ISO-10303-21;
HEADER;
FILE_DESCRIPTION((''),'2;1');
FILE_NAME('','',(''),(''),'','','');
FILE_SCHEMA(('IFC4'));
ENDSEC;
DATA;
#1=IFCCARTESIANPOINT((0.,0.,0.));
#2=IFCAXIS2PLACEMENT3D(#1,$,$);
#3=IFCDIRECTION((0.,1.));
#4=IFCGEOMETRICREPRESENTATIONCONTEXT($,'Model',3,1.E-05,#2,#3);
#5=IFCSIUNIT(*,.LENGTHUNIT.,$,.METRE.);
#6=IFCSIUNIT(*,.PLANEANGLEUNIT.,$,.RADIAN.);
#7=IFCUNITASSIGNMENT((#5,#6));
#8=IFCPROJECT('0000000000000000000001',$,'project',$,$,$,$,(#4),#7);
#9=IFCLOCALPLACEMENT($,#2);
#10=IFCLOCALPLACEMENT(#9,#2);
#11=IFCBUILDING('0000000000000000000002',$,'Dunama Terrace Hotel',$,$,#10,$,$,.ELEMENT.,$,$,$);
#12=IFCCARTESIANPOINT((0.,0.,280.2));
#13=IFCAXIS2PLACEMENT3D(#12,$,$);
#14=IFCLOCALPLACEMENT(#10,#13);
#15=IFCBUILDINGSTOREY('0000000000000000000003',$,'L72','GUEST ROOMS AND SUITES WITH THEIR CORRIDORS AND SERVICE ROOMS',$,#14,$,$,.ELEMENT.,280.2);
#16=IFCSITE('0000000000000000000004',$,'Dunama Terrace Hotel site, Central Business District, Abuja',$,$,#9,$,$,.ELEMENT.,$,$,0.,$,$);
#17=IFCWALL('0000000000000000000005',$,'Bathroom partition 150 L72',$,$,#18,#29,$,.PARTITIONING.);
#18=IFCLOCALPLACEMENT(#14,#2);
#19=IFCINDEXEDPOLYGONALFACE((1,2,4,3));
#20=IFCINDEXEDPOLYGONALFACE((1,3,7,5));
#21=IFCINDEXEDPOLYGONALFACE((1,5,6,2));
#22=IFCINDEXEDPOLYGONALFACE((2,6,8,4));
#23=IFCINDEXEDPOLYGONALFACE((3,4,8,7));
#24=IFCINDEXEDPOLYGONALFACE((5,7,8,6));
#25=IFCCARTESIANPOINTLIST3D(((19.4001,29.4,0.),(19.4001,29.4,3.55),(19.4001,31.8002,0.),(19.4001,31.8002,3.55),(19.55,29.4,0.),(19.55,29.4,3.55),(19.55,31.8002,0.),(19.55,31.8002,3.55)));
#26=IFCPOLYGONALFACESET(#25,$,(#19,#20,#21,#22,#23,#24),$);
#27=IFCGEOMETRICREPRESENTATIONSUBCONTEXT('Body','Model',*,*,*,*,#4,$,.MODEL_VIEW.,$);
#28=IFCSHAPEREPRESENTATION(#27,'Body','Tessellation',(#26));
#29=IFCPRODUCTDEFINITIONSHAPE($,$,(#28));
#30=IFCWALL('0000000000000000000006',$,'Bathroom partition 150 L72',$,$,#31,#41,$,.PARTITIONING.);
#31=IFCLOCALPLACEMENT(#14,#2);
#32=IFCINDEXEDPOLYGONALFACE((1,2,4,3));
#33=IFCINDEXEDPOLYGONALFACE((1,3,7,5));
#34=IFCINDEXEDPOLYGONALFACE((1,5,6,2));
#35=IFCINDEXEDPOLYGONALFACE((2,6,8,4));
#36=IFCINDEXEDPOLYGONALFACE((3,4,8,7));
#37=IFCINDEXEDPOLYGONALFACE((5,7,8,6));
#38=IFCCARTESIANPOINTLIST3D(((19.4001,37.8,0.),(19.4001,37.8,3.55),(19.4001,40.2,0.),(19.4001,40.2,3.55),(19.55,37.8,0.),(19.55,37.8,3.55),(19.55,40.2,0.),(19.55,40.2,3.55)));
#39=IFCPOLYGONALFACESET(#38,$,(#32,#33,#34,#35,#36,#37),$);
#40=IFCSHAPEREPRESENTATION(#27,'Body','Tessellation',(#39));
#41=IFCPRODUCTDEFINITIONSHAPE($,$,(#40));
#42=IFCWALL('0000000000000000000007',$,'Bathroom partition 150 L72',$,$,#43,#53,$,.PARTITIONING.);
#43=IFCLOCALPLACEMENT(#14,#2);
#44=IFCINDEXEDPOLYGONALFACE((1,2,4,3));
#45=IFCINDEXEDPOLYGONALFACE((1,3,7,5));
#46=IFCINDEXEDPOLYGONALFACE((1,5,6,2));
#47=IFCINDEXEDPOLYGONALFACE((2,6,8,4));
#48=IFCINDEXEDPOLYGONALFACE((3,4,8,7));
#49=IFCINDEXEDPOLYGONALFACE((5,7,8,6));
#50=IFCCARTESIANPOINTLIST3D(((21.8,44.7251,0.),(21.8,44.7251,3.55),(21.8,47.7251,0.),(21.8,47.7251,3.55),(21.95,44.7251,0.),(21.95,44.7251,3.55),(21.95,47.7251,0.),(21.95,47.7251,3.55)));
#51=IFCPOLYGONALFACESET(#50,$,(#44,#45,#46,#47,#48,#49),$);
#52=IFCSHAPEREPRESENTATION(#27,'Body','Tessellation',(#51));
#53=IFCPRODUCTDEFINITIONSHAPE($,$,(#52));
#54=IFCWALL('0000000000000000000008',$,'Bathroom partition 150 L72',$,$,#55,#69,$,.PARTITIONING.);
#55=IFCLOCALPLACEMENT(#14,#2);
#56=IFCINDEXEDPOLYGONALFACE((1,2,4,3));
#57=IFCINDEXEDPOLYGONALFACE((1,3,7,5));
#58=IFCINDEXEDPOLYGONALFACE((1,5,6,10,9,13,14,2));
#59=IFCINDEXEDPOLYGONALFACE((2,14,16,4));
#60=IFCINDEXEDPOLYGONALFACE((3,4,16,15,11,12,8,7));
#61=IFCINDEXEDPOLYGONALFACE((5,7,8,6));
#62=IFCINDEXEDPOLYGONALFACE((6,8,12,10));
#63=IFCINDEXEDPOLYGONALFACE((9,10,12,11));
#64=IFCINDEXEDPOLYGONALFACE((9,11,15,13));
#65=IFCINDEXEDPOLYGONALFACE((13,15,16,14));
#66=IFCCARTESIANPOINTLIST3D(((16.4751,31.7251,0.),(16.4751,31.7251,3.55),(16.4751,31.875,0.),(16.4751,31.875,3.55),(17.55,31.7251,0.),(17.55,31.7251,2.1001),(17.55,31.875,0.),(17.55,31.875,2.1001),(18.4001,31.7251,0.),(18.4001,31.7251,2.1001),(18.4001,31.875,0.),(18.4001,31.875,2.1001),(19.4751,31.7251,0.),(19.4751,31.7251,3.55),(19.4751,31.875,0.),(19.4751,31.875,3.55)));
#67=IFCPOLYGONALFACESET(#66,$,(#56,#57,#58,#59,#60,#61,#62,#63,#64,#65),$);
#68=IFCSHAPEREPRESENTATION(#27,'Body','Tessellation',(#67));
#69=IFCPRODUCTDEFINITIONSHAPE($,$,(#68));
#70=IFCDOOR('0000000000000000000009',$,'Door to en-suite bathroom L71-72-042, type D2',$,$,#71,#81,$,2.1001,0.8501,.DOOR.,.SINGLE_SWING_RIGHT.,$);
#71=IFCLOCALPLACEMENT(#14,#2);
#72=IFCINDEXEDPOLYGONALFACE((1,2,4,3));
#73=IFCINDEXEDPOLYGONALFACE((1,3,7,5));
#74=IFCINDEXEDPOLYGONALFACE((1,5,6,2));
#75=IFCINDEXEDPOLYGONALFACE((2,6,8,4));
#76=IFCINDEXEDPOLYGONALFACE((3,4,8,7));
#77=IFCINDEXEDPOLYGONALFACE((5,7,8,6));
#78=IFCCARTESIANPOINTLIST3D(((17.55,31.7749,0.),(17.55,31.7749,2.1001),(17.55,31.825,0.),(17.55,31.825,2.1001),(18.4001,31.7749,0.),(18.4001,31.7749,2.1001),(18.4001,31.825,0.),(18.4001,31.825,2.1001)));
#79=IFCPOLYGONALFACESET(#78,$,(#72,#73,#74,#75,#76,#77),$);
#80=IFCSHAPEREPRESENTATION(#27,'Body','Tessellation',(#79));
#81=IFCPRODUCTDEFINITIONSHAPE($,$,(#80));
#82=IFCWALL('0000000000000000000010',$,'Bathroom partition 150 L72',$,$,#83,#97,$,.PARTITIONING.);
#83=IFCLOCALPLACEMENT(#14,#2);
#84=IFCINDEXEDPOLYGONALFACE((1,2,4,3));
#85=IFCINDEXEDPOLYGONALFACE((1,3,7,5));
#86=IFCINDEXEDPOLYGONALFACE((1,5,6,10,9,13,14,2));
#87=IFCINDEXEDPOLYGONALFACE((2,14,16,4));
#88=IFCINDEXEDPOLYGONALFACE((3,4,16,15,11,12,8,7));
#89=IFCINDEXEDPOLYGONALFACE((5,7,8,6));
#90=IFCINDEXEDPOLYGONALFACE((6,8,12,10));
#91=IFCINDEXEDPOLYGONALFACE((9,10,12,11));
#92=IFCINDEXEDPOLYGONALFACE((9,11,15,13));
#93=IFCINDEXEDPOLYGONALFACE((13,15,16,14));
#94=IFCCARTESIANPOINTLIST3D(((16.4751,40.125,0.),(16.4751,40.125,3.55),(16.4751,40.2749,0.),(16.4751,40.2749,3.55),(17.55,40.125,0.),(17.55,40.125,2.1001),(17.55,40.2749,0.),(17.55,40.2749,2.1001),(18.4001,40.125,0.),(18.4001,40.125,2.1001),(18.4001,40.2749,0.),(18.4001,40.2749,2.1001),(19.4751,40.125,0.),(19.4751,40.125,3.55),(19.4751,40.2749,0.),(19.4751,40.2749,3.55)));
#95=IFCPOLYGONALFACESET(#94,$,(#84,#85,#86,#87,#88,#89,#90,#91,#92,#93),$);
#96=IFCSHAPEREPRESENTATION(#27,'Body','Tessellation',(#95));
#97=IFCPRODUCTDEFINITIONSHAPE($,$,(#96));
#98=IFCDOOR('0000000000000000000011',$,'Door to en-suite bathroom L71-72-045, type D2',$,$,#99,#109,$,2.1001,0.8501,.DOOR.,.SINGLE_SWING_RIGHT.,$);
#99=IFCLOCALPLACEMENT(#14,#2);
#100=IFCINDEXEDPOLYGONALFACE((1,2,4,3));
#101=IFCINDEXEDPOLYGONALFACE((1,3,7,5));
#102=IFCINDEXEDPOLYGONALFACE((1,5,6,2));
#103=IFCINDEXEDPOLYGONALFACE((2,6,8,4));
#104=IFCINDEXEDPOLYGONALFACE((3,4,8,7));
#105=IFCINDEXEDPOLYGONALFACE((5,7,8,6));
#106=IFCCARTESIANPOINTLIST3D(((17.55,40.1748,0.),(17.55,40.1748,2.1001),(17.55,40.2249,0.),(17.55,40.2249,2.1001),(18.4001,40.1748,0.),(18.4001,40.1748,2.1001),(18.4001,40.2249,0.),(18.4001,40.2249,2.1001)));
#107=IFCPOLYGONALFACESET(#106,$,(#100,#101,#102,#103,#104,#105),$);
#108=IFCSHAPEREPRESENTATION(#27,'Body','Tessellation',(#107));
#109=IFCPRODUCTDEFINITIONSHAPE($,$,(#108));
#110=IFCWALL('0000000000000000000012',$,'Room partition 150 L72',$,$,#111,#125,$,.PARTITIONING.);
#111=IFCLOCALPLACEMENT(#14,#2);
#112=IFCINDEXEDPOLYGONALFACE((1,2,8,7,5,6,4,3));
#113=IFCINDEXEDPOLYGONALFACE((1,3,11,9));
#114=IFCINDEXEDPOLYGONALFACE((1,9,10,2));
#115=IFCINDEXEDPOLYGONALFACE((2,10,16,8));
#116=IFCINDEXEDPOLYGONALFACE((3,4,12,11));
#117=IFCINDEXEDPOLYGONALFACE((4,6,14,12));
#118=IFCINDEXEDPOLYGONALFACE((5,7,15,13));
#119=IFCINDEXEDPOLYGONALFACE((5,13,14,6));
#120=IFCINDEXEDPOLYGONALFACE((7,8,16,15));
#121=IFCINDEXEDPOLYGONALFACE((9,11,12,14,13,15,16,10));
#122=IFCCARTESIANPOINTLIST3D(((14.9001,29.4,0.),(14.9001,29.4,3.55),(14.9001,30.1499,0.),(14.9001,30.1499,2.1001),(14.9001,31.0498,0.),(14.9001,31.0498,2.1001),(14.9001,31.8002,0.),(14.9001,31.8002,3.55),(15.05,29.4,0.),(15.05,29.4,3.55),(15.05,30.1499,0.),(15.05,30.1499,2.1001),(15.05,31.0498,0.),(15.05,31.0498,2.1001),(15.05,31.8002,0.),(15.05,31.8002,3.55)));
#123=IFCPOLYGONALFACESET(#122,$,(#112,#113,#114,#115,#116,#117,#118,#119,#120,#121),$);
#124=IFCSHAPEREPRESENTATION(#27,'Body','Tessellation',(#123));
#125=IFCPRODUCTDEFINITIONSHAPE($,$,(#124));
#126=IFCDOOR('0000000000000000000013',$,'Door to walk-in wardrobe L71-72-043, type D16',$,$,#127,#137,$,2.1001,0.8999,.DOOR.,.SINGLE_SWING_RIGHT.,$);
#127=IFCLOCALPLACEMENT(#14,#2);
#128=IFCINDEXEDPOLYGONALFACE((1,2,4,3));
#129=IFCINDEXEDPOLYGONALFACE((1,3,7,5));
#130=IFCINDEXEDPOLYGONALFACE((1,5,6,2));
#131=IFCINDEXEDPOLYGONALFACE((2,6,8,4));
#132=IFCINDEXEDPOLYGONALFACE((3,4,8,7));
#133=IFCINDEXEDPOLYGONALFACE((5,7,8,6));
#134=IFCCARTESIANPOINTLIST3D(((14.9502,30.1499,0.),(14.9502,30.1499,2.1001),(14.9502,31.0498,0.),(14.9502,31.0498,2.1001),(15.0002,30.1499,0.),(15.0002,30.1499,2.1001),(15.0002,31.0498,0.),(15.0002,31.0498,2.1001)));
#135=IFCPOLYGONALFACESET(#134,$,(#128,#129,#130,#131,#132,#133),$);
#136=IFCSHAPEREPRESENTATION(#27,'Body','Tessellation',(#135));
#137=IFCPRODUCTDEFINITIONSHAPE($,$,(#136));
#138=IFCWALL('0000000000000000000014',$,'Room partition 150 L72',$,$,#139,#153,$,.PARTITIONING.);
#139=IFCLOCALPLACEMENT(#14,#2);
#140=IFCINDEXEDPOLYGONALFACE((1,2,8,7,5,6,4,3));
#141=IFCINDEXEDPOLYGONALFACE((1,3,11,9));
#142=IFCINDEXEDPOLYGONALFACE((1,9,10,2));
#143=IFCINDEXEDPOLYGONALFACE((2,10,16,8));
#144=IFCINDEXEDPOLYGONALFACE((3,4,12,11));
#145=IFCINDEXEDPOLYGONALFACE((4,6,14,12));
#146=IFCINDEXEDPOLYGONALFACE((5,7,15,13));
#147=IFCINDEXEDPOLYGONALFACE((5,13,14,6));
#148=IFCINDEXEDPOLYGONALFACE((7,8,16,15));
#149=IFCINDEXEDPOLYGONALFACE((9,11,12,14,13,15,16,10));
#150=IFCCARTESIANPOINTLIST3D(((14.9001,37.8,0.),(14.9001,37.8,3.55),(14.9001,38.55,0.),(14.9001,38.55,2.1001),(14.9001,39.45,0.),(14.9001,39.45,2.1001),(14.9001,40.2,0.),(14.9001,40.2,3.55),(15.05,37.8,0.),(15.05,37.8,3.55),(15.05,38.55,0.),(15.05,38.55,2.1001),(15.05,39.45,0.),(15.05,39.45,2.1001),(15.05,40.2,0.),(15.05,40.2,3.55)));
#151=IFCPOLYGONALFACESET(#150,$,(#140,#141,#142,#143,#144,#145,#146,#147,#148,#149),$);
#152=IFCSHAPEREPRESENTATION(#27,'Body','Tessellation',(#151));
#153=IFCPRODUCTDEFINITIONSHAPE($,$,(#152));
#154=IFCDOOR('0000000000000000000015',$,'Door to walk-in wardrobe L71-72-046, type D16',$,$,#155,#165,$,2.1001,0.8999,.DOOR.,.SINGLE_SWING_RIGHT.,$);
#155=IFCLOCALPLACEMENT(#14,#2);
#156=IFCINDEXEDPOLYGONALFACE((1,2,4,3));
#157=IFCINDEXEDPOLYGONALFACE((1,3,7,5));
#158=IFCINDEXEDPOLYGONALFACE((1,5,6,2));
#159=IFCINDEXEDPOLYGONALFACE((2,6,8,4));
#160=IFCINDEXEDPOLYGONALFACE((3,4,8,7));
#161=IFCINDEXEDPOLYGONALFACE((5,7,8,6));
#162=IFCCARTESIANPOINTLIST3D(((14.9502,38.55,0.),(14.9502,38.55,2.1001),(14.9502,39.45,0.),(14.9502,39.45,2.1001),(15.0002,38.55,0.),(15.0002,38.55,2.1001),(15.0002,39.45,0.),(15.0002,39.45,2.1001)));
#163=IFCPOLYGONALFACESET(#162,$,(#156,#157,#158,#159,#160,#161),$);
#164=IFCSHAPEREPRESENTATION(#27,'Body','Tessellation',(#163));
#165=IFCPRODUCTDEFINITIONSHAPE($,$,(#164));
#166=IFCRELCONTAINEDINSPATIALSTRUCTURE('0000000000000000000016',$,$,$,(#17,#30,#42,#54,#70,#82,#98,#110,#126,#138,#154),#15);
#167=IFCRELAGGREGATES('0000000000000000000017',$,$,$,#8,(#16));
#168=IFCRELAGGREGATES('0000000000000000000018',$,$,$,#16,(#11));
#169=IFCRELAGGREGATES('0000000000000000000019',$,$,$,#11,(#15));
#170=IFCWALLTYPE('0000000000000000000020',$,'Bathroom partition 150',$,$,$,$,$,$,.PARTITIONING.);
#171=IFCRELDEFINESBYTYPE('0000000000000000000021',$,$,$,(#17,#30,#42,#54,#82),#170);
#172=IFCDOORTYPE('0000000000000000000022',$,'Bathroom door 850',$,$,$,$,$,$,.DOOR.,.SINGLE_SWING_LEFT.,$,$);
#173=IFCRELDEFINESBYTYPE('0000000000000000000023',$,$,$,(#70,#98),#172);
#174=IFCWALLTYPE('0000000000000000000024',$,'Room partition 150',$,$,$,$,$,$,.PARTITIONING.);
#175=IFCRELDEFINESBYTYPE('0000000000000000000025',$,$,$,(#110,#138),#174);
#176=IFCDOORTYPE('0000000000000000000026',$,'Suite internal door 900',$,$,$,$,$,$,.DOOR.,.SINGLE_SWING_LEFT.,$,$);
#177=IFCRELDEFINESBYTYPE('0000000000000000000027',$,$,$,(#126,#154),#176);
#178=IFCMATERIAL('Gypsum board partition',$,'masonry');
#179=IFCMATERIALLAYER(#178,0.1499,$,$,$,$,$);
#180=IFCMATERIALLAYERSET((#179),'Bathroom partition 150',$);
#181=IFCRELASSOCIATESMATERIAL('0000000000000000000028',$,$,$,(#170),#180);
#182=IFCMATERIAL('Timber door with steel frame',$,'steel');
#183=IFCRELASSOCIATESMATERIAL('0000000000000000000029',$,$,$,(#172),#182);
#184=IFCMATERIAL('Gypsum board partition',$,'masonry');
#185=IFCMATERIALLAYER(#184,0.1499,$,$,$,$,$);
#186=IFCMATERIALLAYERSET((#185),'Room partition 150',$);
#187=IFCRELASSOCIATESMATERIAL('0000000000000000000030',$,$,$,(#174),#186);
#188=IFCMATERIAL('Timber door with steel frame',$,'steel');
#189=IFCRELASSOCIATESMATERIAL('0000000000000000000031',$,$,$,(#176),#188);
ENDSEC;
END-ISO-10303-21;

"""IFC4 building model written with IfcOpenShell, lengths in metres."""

from ifc_helpers import new_model, si_unit, direction, frame, frame_2d, origin, place, context, subcontext, project, spatial, rectangle, extrude, material, layer, layer_set, type_object, element, fill, save


model = new_model("IFC4")

# Units and contexts
model_context = context("Model", 3, precision=1e-05, world=origin(), true_north=direction((0.0, 1.0)))
body_context = subcontext(model_context, "Body", "Model", "MODEL_VIEW")
ifc_project = project(units=[si_unit("LENGTHUNIT", "METRE"), si_unit("PLANEANGLEUNIT", "RADIAN")], contexts=[model_context])

# Site, building, storey
site_placement = place(None, origin())
site = spatial("IfcSite", under=ifc_project, at=site_placement, Name="Dunama Terrace Hotel site, Central Business District, Abuja", CompositionType="ELEMENT", RefElevation=0.0)
building_placement = place(site_placement, origin())
building = spatial("IfcBuilding", under=site, at=building_placement, Name="Dunama Terrace Hotel", CompositionType="ELEMENT")
storey_placement = place(building_placement, frame((0.0, 0.0, 280.2)))
storey = spatial("IfcBuildingStorey", under=building, at=storey_placement, Name="L72", Description="GUEST ROOMS AND SUITES WITH THEIR CORRIDORS AND SERVICE ROOMS", CompositionType="ELEMENT", Elevation=280.2)

# Walls
ifc_material_1 = material(Name="Gypsum board partition", Category="masonry")
ifc_layer_1 = layer(ifc_material_1, 0.1499)
ifc_layer_set_1 = layer_set([ifc_layer_1], Name="Bathroom partition 150")
wall_type_1 = type_object("IfcWallType", Name="Bathroom partition 150", PredefinedType="PARTITIONING", material=ifc_layer_set_1)
wall_1_placement = place(storey_placement, frame((19.4751, 29.3999, 0.0), z_axis=(0.0, 0.0, 1.0), x_axis=(0.0, 1.0, 0.0)))
element("IfcWall", 1, at=wall_1_placement, inside=storey, type_object=wall_type_1, Name="Bathroom partition 150 L72", PredefinedType="PARTITIONING", context=body_context, shape_type="SweptSolid", body=[
    extrude(rectangle(XDim=2.4001, YDim=0.1499, at=frame_2d((1.2002, 0.0))), origin(), (0.0, 0.0, 1.0), 3.55),
])
wall_2_placement = place(storey_placement, frame((19.4751, 37.8, 0.0), z_axis=(0.0, 0.0, 1.0), x_axis=(0.0, 1.0, 0.0)))
element("IfcWall", 2, at=wall_2_placement, inside=storey, type_object=wall_type_1, Name="Bathroom partition 150 L72", PredefinedType="PARTITIONING", context=body_context, shape_type="SweptSolid", body=[
    extrude(rectangle(XDim=2.3999, YDim=0.1499, at=frame_2d((1.2, 0.0))), origin(), (0.0, 0.0, 1.0), 3.55),
])
wall_3_placement = place(storey_placement, frame((21.875, 44.7251, 0.0), z_axis=(0.0, 0.0, 1.0), x_axis=(0.0, 1.0, 0.0)))
element("IfcWall", 3, at=wall_3_placement, inside=storey, type_object=wall_type_1, Name="Bathroom partition 150 L72", PredefinedType="PARTITIONING", context=body_context, shape_type="SweptSolid", body=[
    extrude(rectangle(XDim=3.0, YDim=0.1499, at=frame_2d((1.5, 0.0))), origin(), (0.0, 0.0, 1.0), 3.55),
])

# Walls, openings, doors
wall_4_placement = place(storey_placement, frame((16.4751, 31.8, 0.0), z_axis=(0.0, 0.0, 1.0), x_axis=(1.0, 0.0, 0.0)))
wall_4 = element("IfcWall", 4, at=wall_4_placement, inside=storey, type_object=wall_type_1, Name="Bathroom partition 150 L72", PredefinedType="PARTITIONING", context=body_context, shape_type="SweptSolid", body=[
    extrude(rectangle(XDim=3.0, YDim=0.1499, at=frame_2d((1.5, 0.0))), origin(), (0.0, 0.0, 1.0), 3.55),
])
opening_1_placement = place(wall_4_placement, frame((1.075, 0.0, 0.0)))
opening_1 = element("IfcOpeningElement", 5, at=opening_1_placement, cuts=wall_4, PredefinedType="OPENING", context=body_context, shape_type="SweptSolid", body=[
    extrude(rectangle(XDim=0.8501, YDim=2.1001, at=frame_2d((0.425, 1.05))), frame((0.0, 0.085, 0.0), z_axis=(0.0, -1.0, 0.0), x_axis=(1.0, 0.0, 0.0)), (0.0, 0.0, 1.0), 0.1699),
])
ifc_material_2 = material(Name="Timber door with steel frame", Category="steel")
door_type_1 = type_object("IfcDoorType", Name="Bathroom door 850", OperationType="SINGLE_SWING_LEFT", PredefinedType="DOOR", material=ifc_material_2)
door_1_placement = place(opening_1_placement, frame((0.8501, 0.0, 0.0), z_axis=(0.0, 0.0, 1.0), x_axis=(-1.0, 0.0, 0.0)))
door_1 = element("IfcDoor", 6, at=door_1_placement, inside=storey, type_object=door_type_1, Name="Door to en-suite bathroom L71-72-042, type D2", OperationType="SINGLE_SWING_RIGHT", OverallHeight=2.1001, OverallWidth=0.8501, PredefinedType="DOOR", context=body_context, shape_type="SweptSolid", body=[
    extrude(rectangle(XDim=0.8501, YDim=2.1001, at=frame_2d((0.425, 1.05))), frame((0.0, 0.0251, 0.0), z_axis=(0.0, -1.0, 0.0), x_axis=(1.0, 0.0, 0.0)), (0.0, 0.0, 1.0), 0.05),
])
fill(opening_1, door_1)
wall_5_placement = place(storey_placement, frame((16.4751, 40.2, 0.0), z_axis=(0.0, 0.0, 1.0), x_axis=(1.0, 0.0, 0.0)))
wall_5 = element("IfcWall", 7, at=wall_5_placement, inside=storey, type_object=wall_type_1, Name="Bathroom partition 150 L72", PredefinedType="PARTITIONING", context=body_context, shape_type="SweptSolid", body=[
    extrude(rectangle(XDim=3.0, YDim=0.1499, at=frame_2d((1.5, 0.0))), origin(), (0.0, 0.0, 1.0), 3.55),
])
opening_2_placement = place(wall_5_placement, frame((1.075, 0.0, 0.0)))
opening_2 = element("IfcOpeningElement", 8, at=opening_2_placement, cuts=wall_5, PredefinedType="OPENING", context=body_context, shape_type="SweptSolid", body=[
    extrude(rectangle(XDim=0.8501, YDim=2.1001, at=frame_2d((0.425, 1.05))), frame((0.0, 0.085, 0.0), z_axis=(0.0, -1.0, 0.0), x_axis=(1.0, 0.0, 0.0)), (0.0, 0.0, 1.0), 0.1699),
])
door_2_placement = place(opening_2_placement, frame((0.8501, 0.0, 0.0), z_axis=(0.0, 0.0, 1.0), x_axis=(-1.0, 0.0, 0.0)))
door_2 = element("IfcDoor", 9, at=door_2_placement, inside=storey, type_object=door_type_1, Name="Door to en-suite bathroom L71-72-045, type D2", OperationType="SINGLE_SWING_RIGHT", OverallHeight=2.1001, OverallWidth=0.8501, PredefinedType="DOOR", context=body_context, shape_type="SweptSolid", body=[
    extrude(rectangle(XDim=0.8501, YDim=2.1001, at=frame_2d((0.425, 1.05))), frame((0.0, 0.0251, 0.0), z_axis=(0.0, -1.0, 0.0), x_axis=(1.0, 0.0, 0.0)), (0.0, 0.0, 1.0), 0.05),
])
fill(opening_2, door_2)
ifc_material_3 = material(Name="Gypsum board partition", Category="masonry")
ifc_layer_2 = layer(ifc_material_3, 0.1499)
ifc_layer_set_2 = layer_set([ifc_layer_2], Name="Room partition 150")
wall_type_2 = type_object("IfcWallType", Name="Room partition 150", PredefinedType="PARTITIONING", material=ifc_layer_set_2)
wall_6_placement = place(storey_placement, frame((14.9751, 29.3999, 0.0), z_axis=(0.0, 0.0, 1.0), x_axis=(0.0, 1.0, 0.0)))
wall_6 = element("IfcWall", 10, at=wall_6_placement, inside=storey, type_object=wall_type_2, Name="Room partition 150 L72", PredefinedType="PARTITIONING", context=body_context, shape_type="SweptSolid", body=[
    extrude(rectangle(XDim=2.4001, YDim=0.1499, at=frame_2d((1.2002, 0.0))), origin(), (0.0, 0.0, 1.0), 3.55),
])
opening_3_placement = place(wall_6_placement, frame((0.75, 0.0, 0.0)))
opening_3 = element("IfcOpeningElement", 11, at=opening_3_placement, cuts=wall_6, PredefinedType="OPENING", context=body_context, shape_type="SweptSolid", body=[
    extrude(rectangle(XDim=0.8999, YDim=2.1001, at=frame_2d((0.45, 1.05))), frame((0.0, 0.085, 0.0), z_axis=(0.0, -1.0, 0.0), x_axis=(1.0, 0.0, 0.0)), (0.0, 0.0, 1.0), 0.1699),
])
ifc_material_4 = material(Name="Timber door with steel frame", Category="steel")
door_type_2 = type_object("IfcDoorType", Name="Suite internal door 900", OperationType="SINGLE_SWING_LEFT", PredefinedType="DOOR", material=ifc_material_4)
door_3_placement = place(opening_3_placement, frame((0.8999, 0.0, 0.0), z_axis=(0.0, 0.0, 1.0), x_axis=(-1.0, 0.0, 0.0)))
door_3 = element("IfcDoor", 12, at=door_3_placement, inside=storey, type_object=door_type_2, Name="Door to walk-in wardrobe L71-72-043, type D16", OperationType="SINGLE_SWING_RIGHT", OverallHeight=2.1001, OverallWidth=0.8999, PredefinedType="DOOR", context=body_context, shape_type="SweptSolid", body=[
    extrude(rectangle(XDim=0.8999, YDim=2.1001, at=frame_2d((0.45, 1.05))), frame((0.0, 0.0251, 0.0), z_axis=(0.0, -1.0, 0.0), x_axis=(1.0, 0.0, 0.0)), (0.0, 0.0, 1.0), 0.05),
])
fill(opening_3, door_3)
wall_7_placement = place(storey_placement, frame((14.9751, 37.8, 0.0), z_axis=(0.0, 0.0, 1.0), x_axis=(0.0, 1.0, 0.0)))
wall_7 = element("IfcWall", 13, at=wall_7_placement, inside=storey, type_object=wall_type_2, Name="Room partition 150 L72", PredefinedType="PARTITIONING", context=body_context, shape_type="SweptSolid", body=[
    extrude(rectangle(XDim=2.3999, YDim=0.1499, at=frame_2d((1.2, 0.0))), origin(), (0.0, 0.0, 1.0), 3.55),
])
opening_4_placement = place(wall_7_placement, frame((0.75, 0.0, 0.0)))
opening_4 = element("IfcOpeningElement", 14, at=opening_4_placement, cuts=wall_7, PredefinedType="OPENING", context=body_context, shape_type="SweptSolid", body=[
    extrude(rectangle(XDim=0.8999, YDim=2.1001, at=frame_2d((0.45, 1.05))), frame((0.0, 0.085, 0.0), z_axis=(0.0, -1.0, 0.0), x_axis=(1.0, 0.0, 0.0)), (0.0, 0.0, 1.0), 0.1699),
])
door_4_placement = place(opening_4_placement, frame((0.8999, 0.0, 0.0), z_axis=(0.0, 0.0, 1.0), x_axis=(-1.0, 0.0, 0.0)))
door_4 = element("IfcDoor", 15, at=door_4_placement, inside=storey, type_object=door_type_2, Name="Door to walk-in wardrobe L71-72-046, type D16", OperationType="SINGLE_SWING_RIGHT", OverallHeight=2.1001, OverallWidth=0.8999, PredefinedType="DOOR", context=body_context, shape_type="SweptSolid", body=[
    extrude(rectangle(XDim=0.8999, YDim=2.1001, at=frame_2d((0.45, 1.05))), frame((0.0, 0.0251, 0.0), z_axis=(0.0, -1.0, 0.0), x_axis=(1.0, 0.0, 0.0)), (0.0, 0.0, 1.0), 0.05),
])
fill(opening_4, door_4)

save(model, "model.ifc")
